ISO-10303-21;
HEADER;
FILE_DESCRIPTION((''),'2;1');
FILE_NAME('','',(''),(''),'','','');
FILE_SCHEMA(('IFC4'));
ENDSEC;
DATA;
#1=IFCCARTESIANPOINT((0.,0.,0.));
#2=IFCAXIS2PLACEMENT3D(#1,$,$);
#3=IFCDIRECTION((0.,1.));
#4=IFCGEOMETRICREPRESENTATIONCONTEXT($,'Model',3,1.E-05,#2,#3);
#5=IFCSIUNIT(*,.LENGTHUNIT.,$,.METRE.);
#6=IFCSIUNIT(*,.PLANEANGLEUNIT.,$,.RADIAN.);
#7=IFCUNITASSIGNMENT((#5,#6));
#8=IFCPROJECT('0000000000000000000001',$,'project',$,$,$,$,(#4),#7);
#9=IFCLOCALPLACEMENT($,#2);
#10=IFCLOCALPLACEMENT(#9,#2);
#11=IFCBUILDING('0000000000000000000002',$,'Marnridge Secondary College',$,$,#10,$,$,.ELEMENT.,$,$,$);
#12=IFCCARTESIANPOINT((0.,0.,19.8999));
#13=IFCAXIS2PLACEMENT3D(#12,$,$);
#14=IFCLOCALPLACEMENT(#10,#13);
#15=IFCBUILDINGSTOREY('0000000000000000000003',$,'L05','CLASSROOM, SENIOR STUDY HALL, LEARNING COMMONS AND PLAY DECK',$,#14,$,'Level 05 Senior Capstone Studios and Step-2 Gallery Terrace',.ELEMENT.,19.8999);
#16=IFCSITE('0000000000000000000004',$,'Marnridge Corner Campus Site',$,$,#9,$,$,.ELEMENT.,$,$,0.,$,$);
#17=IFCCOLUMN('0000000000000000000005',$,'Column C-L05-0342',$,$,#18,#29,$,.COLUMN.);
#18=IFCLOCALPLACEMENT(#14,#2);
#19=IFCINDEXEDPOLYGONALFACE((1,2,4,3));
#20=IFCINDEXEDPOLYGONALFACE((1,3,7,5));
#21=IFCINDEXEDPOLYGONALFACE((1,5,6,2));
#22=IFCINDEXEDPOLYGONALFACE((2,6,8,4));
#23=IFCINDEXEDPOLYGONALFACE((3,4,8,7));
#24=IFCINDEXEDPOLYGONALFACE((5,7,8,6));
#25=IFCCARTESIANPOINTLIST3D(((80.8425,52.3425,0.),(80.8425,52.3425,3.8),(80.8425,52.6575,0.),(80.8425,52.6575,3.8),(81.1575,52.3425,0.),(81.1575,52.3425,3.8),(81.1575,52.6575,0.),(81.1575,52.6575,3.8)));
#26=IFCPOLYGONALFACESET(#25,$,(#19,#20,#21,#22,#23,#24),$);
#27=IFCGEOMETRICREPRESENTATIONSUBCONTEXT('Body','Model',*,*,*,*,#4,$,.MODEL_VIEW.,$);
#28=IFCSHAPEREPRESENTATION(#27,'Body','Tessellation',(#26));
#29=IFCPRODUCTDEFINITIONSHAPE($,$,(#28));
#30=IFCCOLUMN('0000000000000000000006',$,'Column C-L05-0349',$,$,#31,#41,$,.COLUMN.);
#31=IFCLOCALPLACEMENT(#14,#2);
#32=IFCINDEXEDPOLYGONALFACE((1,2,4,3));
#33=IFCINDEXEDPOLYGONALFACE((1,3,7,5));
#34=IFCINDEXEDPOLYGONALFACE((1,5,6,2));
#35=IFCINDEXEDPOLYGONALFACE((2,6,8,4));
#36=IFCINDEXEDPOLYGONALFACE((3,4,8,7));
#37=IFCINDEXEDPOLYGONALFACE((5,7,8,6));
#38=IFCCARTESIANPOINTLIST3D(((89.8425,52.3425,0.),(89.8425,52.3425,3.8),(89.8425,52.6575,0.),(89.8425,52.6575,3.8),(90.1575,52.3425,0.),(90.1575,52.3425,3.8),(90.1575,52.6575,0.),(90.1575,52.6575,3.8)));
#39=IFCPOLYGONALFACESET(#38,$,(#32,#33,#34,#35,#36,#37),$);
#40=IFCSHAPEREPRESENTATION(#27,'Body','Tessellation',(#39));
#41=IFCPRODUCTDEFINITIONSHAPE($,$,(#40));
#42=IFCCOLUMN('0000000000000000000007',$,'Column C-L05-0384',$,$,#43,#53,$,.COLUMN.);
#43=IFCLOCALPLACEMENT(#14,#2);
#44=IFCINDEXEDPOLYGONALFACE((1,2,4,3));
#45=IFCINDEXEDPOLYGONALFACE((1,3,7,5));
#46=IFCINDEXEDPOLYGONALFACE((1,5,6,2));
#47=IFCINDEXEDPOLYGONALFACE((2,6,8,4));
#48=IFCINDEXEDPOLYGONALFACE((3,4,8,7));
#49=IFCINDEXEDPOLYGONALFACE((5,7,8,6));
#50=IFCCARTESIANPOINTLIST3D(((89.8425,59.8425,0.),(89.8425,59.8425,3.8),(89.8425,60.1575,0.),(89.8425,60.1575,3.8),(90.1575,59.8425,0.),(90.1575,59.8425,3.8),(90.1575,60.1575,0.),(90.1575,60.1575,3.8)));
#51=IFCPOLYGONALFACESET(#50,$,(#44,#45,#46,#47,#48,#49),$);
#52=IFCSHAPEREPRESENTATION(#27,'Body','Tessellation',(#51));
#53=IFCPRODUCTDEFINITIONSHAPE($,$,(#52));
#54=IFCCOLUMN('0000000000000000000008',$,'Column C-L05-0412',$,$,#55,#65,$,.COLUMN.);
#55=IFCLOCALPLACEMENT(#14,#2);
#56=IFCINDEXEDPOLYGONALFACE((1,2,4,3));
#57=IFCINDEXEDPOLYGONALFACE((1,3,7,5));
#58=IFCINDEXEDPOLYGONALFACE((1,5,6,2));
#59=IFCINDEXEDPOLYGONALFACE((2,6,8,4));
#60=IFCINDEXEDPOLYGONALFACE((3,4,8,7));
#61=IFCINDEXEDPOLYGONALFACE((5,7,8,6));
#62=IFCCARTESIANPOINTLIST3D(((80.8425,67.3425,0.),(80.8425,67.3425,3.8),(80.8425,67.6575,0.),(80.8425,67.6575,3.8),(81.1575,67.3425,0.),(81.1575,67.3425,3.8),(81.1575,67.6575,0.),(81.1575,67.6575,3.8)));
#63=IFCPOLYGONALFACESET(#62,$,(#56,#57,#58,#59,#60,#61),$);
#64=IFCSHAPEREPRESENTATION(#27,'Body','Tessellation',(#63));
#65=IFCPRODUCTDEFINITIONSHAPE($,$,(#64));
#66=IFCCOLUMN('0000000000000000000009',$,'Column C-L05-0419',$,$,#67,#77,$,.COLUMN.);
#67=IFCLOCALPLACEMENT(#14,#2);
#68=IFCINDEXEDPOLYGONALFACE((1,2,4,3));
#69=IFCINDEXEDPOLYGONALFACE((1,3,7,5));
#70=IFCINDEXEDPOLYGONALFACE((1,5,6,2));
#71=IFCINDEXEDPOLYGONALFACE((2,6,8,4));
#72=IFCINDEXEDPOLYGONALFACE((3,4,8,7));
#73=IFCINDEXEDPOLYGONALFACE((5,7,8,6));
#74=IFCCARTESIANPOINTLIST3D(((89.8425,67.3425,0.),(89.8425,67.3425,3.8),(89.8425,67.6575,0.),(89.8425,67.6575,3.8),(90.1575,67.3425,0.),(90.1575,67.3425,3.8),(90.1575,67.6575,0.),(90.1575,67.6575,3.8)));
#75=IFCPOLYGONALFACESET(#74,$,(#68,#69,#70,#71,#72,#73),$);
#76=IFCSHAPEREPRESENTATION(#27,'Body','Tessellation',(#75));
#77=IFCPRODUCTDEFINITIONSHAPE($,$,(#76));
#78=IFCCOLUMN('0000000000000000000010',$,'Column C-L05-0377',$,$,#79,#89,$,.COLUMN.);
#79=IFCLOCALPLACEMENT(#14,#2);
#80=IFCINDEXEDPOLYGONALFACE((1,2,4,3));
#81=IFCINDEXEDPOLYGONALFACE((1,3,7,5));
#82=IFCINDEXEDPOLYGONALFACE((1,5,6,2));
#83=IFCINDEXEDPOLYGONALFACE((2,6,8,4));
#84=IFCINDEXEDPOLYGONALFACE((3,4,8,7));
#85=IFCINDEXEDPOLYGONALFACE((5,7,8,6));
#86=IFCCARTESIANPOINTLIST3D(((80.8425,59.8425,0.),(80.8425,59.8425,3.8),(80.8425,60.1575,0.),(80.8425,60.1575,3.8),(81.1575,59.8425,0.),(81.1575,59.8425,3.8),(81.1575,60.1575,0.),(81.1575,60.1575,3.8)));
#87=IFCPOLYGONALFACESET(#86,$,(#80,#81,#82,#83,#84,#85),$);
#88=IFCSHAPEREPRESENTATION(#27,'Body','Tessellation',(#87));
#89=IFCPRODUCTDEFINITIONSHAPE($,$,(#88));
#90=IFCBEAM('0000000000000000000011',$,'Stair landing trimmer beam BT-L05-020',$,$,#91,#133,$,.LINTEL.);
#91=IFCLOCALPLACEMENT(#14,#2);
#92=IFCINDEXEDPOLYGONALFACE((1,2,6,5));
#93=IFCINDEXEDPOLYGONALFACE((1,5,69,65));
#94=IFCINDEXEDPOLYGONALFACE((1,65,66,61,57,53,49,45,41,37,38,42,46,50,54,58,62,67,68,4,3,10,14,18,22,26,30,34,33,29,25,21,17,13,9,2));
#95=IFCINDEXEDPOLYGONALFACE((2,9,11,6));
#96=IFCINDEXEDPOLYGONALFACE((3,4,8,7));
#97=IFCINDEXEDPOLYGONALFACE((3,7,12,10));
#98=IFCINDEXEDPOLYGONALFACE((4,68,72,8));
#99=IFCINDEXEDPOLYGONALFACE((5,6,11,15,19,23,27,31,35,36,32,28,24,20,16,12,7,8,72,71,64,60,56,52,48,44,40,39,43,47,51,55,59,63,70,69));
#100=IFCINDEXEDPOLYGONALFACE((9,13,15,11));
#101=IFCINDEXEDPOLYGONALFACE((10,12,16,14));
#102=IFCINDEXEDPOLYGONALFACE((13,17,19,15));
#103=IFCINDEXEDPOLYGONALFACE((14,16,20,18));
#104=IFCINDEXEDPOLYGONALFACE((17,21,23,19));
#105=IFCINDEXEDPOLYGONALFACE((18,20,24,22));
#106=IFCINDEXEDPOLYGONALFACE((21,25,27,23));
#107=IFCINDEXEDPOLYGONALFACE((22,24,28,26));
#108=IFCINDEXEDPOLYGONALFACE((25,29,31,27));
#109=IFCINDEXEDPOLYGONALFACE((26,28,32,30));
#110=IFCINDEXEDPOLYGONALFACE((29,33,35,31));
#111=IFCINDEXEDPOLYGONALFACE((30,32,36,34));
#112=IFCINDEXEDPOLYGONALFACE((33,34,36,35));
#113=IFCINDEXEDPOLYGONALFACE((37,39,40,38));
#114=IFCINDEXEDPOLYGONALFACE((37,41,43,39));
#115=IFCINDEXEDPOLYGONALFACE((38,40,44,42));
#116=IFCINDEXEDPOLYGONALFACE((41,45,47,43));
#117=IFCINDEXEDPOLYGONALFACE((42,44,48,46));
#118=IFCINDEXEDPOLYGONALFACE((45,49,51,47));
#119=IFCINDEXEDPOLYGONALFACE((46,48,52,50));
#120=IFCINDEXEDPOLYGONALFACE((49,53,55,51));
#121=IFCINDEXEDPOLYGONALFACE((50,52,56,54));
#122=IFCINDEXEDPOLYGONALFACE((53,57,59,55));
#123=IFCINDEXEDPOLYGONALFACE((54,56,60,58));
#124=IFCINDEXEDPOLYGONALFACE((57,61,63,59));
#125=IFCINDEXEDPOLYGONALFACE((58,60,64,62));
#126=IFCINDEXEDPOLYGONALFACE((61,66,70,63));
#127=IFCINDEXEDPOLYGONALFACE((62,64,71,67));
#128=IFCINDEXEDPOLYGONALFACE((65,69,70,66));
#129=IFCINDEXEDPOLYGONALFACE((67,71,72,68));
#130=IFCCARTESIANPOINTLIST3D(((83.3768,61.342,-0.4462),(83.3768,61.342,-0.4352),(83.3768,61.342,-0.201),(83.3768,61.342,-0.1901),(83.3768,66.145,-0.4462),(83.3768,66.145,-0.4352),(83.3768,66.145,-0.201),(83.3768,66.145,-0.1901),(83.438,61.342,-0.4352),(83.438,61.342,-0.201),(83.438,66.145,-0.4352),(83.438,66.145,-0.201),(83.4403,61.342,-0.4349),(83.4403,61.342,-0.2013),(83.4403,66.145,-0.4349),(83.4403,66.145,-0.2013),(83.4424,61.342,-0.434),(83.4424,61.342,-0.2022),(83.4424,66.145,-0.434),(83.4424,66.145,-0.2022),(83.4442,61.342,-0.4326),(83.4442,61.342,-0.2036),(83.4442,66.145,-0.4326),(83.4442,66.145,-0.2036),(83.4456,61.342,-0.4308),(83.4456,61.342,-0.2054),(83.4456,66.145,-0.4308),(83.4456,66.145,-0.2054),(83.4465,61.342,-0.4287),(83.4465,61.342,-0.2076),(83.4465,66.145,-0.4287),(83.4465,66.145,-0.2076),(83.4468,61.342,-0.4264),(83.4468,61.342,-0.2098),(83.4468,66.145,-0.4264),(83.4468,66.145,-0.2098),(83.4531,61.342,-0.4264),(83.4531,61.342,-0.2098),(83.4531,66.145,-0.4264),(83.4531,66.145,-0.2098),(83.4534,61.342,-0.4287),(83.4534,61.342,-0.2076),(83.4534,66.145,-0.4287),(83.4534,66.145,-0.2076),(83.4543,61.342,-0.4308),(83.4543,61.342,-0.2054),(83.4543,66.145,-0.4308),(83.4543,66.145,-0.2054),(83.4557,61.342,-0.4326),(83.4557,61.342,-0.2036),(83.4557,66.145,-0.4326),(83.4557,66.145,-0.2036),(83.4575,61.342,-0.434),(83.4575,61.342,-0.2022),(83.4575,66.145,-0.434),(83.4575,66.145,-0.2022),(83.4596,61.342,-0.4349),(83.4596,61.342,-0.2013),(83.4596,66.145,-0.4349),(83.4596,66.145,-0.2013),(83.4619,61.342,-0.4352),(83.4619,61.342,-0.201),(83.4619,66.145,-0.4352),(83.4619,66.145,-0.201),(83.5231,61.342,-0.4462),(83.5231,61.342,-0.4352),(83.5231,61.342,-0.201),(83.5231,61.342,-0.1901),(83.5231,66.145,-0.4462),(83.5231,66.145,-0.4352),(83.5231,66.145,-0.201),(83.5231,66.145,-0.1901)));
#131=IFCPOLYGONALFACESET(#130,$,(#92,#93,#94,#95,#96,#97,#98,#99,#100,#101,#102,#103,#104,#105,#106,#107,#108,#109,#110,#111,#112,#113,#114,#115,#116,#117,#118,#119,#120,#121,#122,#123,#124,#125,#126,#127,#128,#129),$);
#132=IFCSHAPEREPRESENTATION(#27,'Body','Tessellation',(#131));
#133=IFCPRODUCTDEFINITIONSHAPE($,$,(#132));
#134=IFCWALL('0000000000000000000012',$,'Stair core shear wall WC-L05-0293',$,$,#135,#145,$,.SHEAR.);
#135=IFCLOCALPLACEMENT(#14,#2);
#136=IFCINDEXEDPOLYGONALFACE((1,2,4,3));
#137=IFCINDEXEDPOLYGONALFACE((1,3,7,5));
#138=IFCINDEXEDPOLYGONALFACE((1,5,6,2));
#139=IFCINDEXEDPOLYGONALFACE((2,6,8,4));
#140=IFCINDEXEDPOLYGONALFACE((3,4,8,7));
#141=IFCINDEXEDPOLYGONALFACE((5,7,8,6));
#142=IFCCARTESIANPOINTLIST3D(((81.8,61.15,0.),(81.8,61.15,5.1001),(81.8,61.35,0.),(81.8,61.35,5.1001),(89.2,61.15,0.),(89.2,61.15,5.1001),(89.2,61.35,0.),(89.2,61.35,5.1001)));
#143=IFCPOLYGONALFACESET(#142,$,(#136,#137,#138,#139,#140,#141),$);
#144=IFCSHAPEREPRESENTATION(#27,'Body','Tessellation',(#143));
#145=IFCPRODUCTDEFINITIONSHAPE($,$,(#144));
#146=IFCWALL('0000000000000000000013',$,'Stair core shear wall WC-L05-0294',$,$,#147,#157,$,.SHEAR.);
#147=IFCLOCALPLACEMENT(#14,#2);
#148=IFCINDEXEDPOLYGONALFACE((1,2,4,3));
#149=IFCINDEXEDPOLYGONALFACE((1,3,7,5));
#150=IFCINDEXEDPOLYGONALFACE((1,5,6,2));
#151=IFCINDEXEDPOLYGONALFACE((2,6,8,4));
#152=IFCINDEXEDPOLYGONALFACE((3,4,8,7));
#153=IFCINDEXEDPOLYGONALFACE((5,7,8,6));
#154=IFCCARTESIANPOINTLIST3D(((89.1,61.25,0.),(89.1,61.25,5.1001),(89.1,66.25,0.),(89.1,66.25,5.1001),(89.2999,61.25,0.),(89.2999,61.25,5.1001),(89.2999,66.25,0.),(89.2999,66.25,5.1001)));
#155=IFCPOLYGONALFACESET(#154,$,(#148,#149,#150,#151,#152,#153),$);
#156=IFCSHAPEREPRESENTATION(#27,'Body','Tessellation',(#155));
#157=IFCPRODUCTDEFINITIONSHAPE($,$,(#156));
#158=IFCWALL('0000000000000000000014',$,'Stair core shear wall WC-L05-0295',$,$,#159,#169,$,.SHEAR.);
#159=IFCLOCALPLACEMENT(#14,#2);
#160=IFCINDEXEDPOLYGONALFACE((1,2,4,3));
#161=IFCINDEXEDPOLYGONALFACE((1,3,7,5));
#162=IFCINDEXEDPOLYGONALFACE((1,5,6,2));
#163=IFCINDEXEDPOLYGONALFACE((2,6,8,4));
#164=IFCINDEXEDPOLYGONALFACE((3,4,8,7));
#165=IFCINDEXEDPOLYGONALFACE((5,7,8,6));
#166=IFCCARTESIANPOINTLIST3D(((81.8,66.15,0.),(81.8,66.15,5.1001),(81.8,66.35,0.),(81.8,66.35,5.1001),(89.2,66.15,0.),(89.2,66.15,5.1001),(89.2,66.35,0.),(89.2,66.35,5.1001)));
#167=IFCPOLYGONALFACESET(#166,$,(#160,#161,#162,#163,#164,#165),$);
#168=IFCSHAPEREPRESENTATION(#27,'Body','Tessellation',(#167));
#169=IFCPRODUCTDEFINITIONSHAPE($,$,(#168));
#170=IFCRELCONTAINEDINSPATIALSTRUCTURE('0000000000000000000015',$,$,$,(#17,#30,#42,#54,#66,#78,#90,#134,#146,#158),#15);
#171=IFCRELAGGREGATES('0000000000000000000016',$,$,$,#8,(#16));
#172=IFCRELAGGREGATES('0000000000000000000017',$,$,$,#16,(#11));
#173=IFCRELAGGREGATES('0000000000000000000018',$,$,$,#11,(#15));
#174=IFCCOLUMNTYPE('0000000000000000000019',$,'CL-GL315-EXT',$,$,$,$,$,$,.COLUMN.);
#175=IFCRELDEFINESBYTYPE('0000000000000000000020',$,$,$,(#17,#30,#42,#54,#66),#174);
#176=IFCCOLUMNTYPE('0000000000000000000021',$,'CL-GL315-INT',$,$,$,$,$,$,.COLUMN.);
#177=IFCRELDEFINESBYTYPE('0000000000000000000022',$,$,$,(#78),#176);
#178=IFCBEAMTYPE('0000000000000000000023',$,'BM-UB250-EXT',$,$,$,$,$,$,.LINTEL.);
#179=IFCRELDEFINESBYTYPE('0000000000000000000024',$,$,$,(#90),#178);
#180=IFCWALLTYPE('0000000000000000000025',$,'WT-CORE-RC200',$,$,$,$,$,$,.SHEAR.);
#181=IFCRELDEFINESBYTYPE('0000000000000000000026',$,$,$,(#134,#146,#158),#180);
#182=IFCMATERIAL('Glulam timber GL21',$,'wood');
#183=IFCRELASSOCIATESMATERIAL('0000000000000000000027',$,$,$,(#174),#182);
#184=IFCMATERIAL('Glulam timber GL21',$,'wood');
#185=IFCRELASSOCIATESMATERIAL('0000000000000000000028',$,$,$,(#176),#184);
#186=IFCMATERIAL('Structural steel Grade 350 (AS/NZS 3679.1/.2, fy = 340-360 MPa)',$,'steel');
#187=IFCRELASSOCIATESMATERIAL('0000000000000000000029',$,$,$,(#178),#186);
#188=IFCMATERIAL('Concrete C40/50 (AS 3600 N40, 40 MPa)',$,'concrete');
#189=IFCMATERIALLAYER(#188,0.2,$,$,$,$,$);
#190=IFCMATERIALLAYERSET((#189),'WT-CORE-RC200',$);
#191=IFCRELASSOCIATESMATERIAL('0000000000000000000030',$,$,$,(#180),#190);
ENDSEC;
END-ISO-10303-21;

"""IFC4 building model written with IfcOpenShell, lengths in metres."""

from ifc_helpers import new_model, si_unit, direction, frame, frame_2d, origin, origin_2d, place, context, subcontext, project, spatial, rectangle, i_section, extrude, material, layer, layer_set, material_profile, profile_set, type_object, element, save


model = new_model("IFC4")

# Units and contexts
model_context = context("Model", 3, precision=1e-05, world=origin(), true_north=direction((0.0, 1.0)))
body_context = subcontext(model_context, "Body", "Model", "MODEL_VIEW")
ifc_project = project(units=[si_unit("LENGTHUNIT", "METRE"), si_unit("PLANEANGLEUNIT", "RADIAN")], contexts=[model_context])

# Site, building, storey
site_placement = place(None, origin())
site = spatial("IfcSite", under=ifc_project, at=site_placement, Name="Marnridge Corner Campus Site", CompositionType="ELEMENT", RefElevation=0.0)
building_placement = place(site_placement, origin())
building = spatial("IfcBuilding", under=site, at=building_placement, Name="Marnridge Secondary College", CompositionType="ELEMENT")
storey_placement = place(building_placement, frame((0.0, 0.0, 19.8999)))
storey = spatial("IfcBuildingStorey", under=building, at=storey_placement, Name="L05", Description="CLASSROOM, SENIOR STUDY HALL, LEARNING COMMONS AND PLAY DECK", LongName="Level 05 Senior Capstone Studios and Step-2 Gallery Terrace", CompositionType="ELEMENT", Elevation=19.8999)

# Columns
ifc_material_1 = material(Name="Glulam timber GL21", Category="wood")
ifc_material_profile_1 = material_profile(ifc_material_1, rectangle(XDim=0.3149, YDim=0.3149, at=origin_2d()), Name="GL21 315x315")
ifc_profile_set_1 = profile_set([ifc_material_profile_1], Name="Glulam timber GL21")
column_type_1 = type_object("IfcColumnType", Name="CL-GL315-EXT", PredefinedType="COLUMN", material=ifc_profile_set_1)
for number, where, z_axis, x_axis, name in (
    (1, (81.0, 52.5, 0.0), (0.0, 0.0, 1.0), (1.0, 0.0, 0.0), "Column C-L05-0342"),
    (2, (90.0, 52.5, 0.0), (0.0, 0.0, 1.0), (1.0, 0.0, 0.0), "Column C-L05-0349"),
    (3, (90.0, 60.0, 0.0), (0.0, 0.0, 1.0), (1.0, 0.0, 0.0), "Column C-L05-0384"),
    (4, (81.0, 67.5, 0.0), (0.0, 0.0, 1.0), (1.0, 0.0, 0.0), "Column C-L05-0412"),
    (5, (90.0, 67.5, 0.0), (0.0, 0.0, 1.0), (1.0, 0.0, 0.0), "Column C-L05-0419"),
):
    element("IfcColumn", number, at=place(storey_placement, frame(where, z_axis=z_axis, x_axis=x_axis)), inside=storey, type_object=column_type_1, Name=name, PredefinedType="COLUMN", context=body_context, shape_type="SweptSolid", body=[
        extrude(rectangle(XDim=0.3149, YDim=0.3149, at=origin_2d()), origin(), (0.0, 0.0, 1.0), 3.8),
    ])
ifc_material_2 = material(Name="Glulam timber GL21", Category="wood")
ifc_material_profile_2 = material_profile(ifc_material_2, rectangle(XDim=0.3149, YDim=0.3149, at=origin_2d()), Name="GL21 315x315")
ifc_profile_set_2 = profile_set([ifc_material_profile_2], Name="Glulam timber GL21")
column_type_2 = type_object("IfcColumnType", Name="CL-GL315-INT", PredefinedType="COLUMN", material=ifc_profile_set_2)
column_placement = place(storey_placement, frame((81.0, 60.0, 0.0), z_axis=(0.0, 0.0, 1.0), x_axis=(1.0, 0.0, 0.0)))
element("IfcColumn", 6, at=column_placement, inside=storey, type_object=column_type_2, Name="Column C-L05-0377", PredefinedType="COLUMN", context=body_context, shape_type="SweptSolid", body=[
    extrude(rectangle(XDim=0.3149, YDim=0.3149, at=origin_2d()), origin(), (0.0, 0.0, 1.0), 3.8),
])

# Beam
ifc_material_3 = material(Name="Structural steel Grade 350 (AS/NZS 3679.1/.2, fy = 340-360 MPa)", Category="steel")
ifc_material_profile_3 = material_profile(ifc_material_3, i_section(OverallWidth=0.1462, OverallDepth=0.2561, WebThickness=0.0063, FlangeThickness=0.011, FilletRadius=0.0088, at=origin_2d()), Name="250UB37.3")
ifc_profile_set_3 = profile_set([ifc_material_profile_3], Name="Structural steel Grade 350 (AS/NZS 3679.1/.2, fy = 340-360 MPa)")
beam_type = type_object("IfcBeamType", Name="BM-UB250-EXT", PredefinedType="LINTEL", material=ifc_profile_set_3)
beam_placement = place(storey_placement, frame((83.45, 61.342, -0.3181), z_axis=(0.0, 1.0, 0.0), x_axis=(-1.0, 0.0, 0.0)))
element("IfcBeam", 7, at=beam_placement, inside=storey, type_object=beam_type, Name="Stair landing trimmer beam BT-L05-020", PredefinedType="LINTEL", context=body_context, shape_type="SweptSolid", body=[
    extrude(i_section(OverallWidth=0.1462, OverallDepth=0.2561, WebThickness=0.0063, FlangeThickness=0.011, FilletRadius=0.0088, at=origin_2d()), origin(), (0.0, 0.0, 1.0), 4.803),
])

# Walls
ifc_material_4 = material(Name="Concrete C40/50 (AS 3600 N40, 40 MPa)", Category="concrete")
ifc_layer_1 = layer(ifc_material_4, 0.2)
ifc_layer_set_1 = layer_set([ifc_layer_1], Name="WT-CORE-RC200")
wall_type_1 = type_object("IfcWallType", Name="WT-CORE-RC200", PredefinedType="SHEAR", material=ifc_layer_set_1)
wall_1_placement = place(storey_placement, frame((81.8, 61.25, 0.0), z_axis=(0.0, 0.0, 1.0), x_axis=(1.0, 0.0, 0.0)))
element("IfcWall", 8, at=wall_1_placement, inside=storey, type_object=wall_type_1, Name="Stair core shear wall WC-L05-0293", PredefinedType="SHEAR", context=body_context, shape_type="SweptSolid", body=[
    extrude(rectangle(XDim=7.3999, YDim=0.2, at=frame_2d((3.7, 0.0))), origin(), (0.0, 0.0, 1.0), 5.1001),
])
wall_2_placement = place(storey_placement, frame((89.2, 61.25, 0.0), z_axis=(0.0, 0.0, 1.0), x_axis=(0.0, 1.0, 0.0)))
element("IfcWall", 9, at=wall_2_placement, inside=storey, type_object=wall_type_1, Name="Stair core shear wall WC-L05-0294", PredefinedType="SHEAR", context=body_context, shape_type="SweptSolid", body=[
    extrude(rectangle(XDim=5.0, YDim=0.2, at=frame_2d((2.5, 0.0))), origin(), (0.0, 0.0, 1.0), 5.1001),
])
wall_3_placement = place(storey_placement, frame((89.2, 66.25, 0.0), z_axis=(0.0, 0.0, 1.0), x_axis=(-1.0, 0.0, 0.0)))
element("IfcWall", 10, at=wall_3_placement, inside=storey, type_object=wall_type_1, Name="Stair core shear wall WC-L05-0295", PredefinedType="SHEAR", context=body_context, shape_type="SweptSolid", body=[
    extrude(rectangle(XDim=7.3999, YDim=0.2, at=frame_2d((3.7, 0.0))), origin(), (0.0, 0.0, 1.0), 5.1001),
])

save(model, "model.ifc")
